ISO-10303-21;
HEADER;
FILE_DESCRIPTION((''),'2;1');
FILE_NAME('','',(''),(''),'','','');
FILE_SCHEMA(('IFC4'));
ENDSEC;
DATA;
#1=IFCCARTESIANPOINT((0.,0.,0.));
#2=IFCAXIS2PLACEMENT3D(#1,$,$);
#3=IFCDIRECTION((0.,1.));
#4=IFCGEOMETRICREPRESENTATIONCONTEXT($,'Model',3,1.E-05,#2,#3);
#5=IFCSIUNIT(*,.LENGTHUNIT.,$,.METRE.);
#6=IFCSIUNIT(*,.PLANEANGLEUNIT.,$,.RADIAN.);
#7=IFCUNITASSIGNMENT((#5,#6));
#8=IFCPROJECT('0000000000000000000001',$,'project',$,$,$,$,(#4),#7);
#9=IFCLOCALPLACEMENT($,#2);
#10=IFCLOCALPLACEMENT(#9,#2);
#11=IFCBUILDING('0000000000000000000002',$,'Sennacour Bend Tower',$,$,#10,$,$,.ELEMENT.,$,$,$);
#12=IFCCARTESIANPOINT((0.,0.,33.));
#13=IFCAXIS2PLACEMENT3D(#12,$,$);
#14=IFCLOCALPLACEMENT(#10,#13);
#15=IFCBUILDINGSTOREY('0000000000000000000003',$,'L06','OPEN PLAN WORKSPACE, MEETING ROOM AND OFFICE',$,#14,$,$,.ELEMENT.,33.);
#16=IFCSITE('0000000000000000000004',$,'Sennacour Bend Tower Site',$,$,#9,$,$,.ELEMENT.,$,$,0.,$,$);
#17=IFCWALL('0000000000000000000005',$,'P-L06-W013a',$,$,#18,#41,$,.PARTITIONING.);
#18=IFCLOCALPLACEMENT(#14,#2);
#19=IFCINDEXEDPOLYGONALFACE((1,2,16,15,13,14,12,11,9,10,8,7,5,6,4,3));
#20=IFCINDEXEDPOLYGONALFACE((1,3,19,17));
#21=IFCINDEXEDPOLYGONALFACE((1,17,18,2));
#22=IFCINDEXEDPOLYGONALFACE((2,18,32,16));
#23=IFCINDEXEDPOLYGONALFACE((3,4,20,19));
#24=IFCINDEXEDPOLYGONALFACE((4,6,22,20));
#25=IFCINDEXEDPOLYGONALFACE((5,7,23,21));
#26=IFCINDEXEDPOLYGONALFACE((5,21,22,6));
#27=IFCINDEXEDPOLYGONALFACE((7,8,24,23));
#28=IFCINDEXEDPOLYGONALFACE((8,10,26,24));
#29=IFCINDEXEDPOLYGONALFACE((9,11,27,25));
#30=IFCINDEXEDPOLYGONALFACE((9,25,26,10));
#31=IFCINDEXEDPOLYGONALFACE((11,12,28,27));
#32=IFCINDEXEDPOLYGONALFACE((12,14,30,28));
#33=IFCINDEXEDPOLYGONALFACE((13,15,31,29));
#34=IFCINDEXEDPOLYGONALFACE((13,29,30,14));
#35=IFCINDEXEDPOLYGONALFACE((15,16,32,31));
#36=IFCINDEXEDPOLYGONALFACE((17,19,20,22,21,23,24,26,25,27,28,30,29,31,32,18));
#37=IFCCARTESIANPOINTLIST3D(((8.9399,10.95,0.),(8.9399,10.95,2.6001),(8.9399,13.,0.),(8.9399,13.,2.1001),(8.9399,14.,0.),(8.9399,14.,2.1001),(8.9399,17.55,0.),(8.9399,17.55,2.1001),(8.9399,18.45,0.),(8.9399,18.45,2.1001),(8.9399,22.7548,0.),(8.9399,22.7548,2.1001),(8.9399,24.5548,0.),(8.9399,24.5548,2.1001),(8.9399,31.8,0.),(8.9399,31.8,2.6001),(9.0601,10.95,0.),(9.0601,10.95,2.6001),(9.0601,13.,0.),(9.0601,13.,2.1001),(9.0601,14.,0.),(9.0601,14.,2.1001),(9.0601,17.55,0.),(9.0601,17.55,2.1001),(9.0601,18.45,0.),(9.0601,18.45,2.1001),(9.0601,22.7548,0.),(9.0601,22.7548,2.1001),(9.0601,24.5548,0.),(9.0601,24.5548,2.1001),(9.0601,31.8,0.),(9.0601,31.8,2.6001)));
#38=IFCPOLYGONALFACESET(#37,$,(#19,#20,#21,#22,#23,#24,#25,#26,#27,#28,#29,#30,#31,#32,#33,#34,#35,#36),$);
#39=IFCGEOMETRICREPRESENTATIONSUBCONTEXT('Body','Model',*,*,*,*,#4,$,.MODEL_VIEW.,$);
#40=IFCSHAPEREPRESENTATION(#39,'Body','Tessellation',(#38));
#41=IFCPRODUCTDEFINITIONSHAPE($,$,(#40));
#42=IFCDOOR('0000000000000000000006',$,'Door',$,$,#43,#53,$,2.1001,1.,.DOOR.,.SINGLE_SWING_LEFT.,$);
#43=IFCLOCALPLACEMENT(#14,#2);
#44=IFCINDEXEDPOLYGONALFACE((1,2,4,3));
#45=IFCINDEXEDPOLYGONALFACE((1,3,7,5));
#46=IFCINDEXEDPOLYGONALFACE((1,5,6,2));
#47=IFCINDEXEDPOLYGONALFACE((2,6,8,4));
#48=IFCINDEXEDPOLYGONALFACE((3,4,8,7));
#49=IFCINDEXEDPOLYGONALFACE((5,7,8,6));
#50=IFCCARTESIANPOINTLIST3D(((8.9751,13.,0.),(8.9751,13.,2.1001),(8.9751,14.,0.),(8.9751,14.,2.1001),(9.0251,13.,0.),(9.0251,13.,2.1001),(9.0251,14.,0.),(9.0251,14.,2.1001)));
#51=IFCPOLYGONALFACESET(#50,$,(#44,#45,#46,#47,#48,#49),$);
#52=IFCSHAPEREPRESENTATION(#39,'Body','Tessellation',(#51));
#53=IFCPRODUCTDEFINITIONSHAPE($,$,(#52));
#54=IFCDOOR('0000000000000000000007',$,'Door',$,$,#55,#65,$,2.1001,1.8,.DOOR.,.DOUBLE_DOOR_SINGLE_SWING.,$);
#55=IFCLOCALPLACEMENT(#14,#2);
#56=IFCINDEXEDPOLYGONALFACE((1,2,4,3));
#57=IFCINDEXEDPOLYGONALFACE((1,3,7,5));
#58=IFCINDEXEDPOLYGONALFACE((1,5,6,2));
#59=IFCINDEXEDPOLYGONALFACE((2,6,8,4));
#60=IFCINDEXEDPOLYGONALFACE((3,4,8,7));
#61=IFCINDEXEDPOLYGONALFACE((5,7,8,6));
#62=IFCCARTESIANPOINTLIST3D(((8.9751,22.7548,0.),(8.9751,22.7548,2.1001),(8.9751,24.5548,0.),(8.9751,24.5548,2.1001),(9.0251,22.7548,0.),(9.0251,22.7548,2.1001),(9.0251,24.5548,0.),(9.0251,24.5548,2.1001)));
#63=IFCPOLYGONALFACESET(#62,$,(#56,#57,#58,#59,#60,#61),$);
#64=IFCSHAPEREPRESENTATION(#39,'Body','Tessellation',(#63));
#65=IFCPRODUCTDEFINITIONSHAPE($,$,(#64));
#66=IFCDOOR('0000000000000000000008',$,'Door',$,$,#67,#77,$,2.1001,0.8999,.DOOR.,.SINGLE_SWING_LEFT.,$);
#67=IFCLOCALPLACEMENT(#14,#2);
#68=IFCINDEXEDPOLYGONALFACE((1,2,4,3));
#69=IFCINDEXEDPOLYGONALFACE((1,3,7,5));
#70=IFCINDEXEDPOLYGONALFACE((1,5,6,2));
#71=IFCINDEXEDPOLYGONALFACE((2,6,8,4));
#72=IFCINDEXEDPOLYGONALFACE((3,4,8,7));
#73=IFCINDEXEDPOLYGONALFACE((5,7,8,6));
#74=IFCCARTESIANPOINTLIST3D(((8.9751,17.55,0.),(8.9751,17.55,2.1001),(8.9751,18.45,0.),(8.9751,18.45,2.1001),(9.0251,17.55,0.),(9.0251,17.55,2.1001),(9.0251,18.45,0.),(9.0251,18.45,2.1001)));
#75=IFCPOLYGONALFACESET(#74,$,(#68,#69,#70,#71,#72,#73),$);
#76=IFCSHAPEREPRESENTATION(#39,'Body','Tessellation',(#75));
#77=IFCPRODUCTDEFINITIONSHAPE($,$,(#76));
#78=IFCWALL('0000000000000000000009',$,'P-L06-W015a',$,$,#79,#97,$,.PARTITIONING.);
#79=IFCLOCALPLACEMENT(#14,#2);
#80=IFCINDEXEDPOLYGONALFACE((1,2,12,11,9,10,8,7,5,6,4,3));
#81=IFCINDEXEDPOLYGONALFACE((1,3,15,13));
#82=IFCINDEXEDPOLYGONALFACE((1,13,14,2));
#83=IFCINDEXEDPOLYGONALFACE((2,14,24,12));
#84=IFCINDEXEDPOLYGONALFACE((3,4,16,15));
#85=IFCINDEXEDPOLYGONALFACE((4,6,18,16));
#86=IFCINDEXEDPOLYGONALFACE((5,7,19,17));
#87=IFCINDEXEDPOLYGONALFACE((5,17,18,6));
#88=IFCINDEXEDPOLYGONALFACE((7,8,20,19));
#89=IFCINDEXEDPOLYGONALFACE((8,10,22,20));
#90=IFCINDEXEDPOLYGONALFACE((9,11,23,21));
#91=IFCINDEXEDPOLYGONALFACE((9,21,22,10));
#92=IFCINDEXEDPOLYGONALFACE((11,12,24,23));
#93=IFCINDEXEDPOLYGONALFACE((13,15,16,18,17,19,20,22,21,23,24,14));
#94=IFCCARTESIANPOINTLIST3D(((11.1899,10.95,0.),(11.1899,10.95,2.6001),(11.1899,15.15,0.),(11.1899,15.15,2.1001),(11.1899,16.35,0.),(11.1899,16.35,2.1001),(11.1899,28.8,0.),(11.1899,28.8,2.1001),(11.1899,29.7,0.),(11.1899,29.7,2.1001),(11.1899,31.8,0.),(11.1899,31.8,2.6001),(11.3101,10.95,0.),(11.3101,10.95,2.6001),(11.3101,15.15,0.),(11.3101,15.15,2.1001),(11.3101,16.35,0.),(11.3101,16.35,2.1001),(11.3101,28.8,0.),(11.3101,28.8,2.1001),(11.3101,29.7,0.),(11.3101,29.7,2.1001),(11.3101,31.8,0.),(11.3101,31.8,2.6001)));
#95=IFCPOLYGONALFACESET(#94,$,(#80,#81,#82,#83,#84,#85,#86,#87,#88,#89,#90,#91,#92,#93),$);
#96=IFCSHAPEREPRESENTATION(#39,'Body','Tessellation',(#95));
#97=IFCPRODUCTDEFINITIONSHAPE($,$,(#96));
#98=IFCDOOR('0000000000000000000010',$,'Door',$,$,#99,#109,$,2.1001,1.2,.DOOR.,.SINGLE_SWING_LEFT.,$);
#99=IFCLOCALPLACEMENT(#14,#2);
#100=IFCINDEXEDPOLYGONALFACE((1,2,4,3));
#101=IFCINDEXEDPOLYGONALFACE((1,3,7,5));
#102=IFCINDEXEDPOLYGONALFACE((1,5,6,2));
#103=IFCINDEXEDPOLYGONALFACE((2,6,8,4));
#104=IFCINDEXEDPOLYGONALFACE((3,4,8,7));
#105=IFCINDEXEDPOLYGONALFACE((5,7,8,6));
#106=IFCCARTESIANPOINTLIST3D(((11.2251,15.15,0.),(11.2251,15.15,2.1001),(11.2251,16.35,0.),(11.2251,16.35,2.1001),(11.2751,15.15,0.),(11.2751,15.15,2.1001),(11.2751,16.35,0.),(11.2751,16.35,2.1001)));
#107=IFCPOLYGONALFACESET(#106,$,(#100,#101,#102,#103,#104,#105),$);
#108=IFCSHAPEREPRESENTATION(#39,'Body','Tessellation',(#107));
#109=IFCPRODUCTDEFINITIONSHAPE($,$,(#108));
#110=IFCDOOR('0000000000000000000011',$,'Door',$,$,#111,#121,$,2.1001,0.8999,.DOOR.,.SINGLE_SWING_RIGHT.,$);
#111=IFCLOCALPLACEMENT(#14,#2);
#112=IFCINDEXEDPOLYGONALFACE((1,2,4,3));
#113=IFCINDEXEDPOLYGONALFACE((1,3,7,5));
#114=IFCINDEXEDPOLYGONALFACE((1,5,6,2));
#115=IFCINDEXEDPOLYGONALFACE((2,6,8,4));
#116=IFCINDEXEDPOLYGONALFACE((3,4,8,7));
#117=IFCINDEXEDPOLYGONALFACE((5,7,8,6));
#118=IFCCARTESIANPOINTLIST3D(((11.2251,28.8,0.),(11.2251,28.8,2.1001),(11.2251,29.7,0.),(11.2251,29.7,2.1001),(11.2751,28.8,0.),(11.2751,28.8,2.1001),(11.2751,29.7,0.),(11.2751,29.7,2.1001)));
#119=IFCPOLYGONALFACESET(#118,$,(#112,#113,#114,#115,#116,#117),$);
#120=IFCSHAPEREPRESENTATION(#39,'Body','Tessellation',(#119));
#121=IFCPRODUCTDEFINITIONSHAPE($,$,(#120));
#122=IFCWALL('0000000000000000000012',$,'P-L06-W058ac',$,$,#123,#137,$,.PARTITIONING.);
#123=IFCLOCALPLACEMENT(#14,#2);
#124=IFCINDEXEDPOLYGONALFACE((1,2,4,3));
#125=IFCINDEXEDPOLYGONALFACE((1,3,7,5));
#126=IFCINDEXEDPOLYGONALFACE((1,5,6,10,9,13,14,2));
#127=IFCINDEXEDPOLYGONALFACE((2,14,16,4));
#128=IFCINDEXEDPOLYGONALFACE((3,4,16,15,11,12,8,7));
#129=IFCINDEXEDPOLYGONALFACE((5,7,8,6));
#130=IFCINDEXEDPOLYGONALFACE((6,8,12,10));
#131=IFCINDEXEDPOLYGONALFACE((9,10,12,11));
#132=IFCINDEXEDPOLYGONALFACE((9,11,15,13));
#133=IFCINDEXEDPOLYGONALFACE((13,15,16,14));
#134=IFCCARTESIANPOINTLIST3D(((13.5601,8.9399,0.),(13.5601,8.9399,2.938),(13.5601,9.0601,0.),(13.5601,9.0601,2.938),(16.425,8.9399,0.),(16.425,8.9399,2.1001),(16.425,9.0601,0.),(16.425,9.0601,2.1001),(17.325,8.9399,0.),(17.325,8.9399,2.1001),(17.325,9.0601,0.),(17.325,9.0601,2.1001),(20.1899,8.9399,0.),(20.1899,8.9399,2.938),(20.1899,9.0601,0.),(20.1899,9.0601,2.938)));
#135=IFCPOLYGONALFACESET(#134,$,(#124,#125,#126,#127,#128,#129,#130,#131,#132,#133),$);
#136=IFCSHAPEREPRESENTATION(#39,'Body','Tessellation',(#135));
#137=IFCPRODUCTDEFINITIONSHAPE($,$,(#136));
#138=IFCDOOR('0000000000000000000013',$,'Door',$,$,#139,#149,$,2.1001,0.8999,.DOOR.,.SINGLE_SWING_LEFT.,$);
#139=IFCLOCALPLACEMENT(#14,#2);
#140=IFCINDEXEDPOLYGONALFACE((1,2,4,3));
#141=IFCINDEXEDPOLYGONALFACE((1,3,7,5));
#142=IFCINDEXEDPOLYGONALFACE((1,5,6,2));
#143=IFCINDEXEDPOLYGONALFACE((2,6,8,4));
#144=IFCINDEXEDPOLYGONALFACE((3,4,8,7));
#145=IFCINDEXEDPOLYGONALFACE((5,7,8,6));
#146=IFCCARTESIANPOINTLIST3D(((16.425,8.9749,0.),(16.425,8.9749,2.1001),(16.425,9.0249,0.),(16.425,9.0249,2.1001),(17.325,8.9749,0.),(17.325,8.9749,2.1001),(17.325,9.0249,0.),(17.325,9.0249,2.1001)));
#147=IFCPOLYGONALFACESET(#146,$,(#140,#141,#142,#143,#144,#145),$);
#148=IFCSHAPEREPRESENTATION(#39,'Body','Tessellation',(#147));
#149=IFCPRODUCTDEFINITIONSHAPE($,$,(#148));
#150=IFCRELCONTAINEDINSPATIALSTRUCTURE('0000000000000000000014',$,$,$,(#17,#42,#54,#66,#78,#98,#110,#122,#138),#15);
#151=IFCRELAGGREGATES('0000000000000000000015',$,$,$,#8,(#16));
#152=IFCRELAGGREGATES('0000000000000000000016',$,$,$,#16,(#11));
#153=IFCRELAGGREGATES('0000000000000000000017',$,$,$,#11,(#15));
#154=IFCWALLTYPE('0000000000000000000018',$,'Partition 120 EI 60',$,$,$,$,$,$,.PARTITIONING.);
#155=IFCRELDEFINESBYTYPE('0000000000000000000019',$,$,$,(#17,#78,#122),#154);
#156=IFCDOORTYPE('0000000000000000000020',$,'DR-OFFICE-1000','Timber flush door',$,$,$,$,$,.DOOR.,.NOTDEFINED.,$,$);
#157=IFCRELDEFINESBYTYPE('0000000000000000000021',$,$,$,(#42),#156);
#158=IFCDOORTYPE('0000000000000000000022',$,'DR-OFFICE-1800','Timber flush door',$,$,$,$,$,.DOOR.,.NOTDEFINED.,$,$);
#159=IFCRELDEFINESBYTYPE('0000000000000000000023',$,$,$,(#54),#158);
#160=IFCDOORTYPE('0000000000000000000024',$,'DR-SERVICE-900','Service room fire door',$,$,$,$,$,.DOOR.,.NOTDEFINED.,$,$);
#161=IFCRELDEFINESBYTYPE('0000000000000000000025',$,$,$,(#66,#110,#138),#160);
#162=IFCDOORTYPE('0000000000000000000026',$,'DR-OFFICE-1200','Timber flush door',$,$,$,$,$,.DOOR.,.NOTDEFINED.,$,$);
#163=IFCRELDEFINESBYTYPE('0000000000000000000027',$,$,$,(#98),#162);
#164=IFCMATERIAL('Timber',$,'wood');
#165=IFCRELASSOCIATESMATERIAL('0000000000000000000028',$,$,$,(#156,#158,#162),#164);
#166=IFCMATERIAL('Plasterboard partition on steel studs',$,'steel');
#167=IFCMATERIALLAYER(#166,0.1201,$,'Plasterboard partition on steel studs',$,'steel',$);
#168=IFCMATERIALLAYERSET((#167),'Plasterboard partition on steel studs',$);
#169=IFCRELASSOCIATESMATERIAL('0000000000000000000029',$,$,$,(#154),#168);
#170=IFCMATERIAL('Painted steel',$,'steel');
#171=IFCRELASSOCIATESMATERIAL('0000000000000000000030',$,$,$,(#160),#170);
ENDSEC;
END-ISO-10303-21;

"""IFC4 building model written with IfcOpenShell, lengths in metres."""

from ifc_helpers import new_model, si_unit, direction, frame, frame_2d, origin, place, context, subcontext, project, spatial, rectangle, extrude, material, layer, layer_set, type_object, element, fill, save


model = new_model("IFC4")

# Units and contexts
model_context = context("Model", 3, precision=1e-05, world=origin(), true_north=direction((0.0, 1.0)))
body_context = subcontext(model_context, "Body", "Model", "MODEL_VIEW")
ifc_project = project(units=[si_unit("LENGTHUNIT", "METRE"), si_unit("PLANEANGLEUNIT", "RADIAN")], contexts=[model_context])

# Site, building, storey
site_placement = place(None, origin())
site = spatial("IfcSite", under=ifc_project, at=site_placement, Name="Sennacour Bend Tower Site", CompositionType="ELEMENT", RefElevation=0.0)
building_placement = place(site_placement, origin())
building = spatial("IfcBuilding", under=site, at=building_placement, Name="Sennacour Bend Tower", CompositionType="ELEMENT")
storey_placement = place(building_placement, frame((0.0, 0.0, 33.0)))
storey = spatial("IfcBuildingStorey", under=building, at=storey_placement, Name="L06", Description="OPEN PLAN WORKSPACE, MEETING ROOM AND OFFICE", CompositionType="ELEMENT", Elevation=33.0)

# Shared definitions
ifc_material_1 = material(Name="Plasterboard partition on steel studs", Category="steel")
ifc_material_2 = material(Name="Timber", Category="wood")
door_type_1 = type_object("IfcDoorType", Name="DR-OFFICE-1000", Description="Timber flush door", OperationType="NOTDEFINED", PredefinedType="DOOR", material=ifc_material_2)
door_type_2 = type_object("IfcDoorType", Name="DR-OFFICE-1800", Description="Timber flush door", OperationType="NOTDEFINED", PredefinedType="DOOR", material=ifc_material_2)

# Shared definitions
ifc_material_3 = material(Name="Painted steel", Category="steel")

# Walls, openings, doors
ifc_layer_1 = layer(ifc_material_1, 0.1201, Name="Plasterboard partition on steel studs", Category="steel")
ifc_layer_set_1 = layer_set([ifc_layer_1], Name="Plasterboard partition on steel studs")
wall_type_1 = type_object("IfcWallType", Name="Partition 120 EI 60", PredefinedType="PARTITIONING", material=ifc_layer_set_1)
wall_1_placement = place(storey_placement, frame((9.0, 10.95, 0.0), z_axis=(0.0, 0.0, 1.0), x_axis=(0.0, 1.0, 0.0)))
wall_1 = element("IfcWall", 1, at=wall_1_placement, inside=storey, type_object=wall_type_1, Name="P-L06-W013a", PredefinedType="PARTITIONING", context=body_context, shape_type="SweptSolid", body=[
    extrude(rectangle(XDim=20.8501, YDim=0.1201, at=frame_2d((10.425, 0.0))), origin(), (0.0, 0.0, 1.0), 2.6001),
])
opening_1_placement = place(wall_1_placement, frame((2.05, 0.0, 0.0)))
opening_1 = element("IfcOpeningElement", 2, at=opening_1_placement, cuts=wall_1, PredefinedType="OPENING", context=body_context, shape_type="SweptSolid", body=[
    extrude(rectangle(XDim=1.0, YDim=2.1001, at=frame_2d((0.5, 1.05))), frame((0.0, 0.0701, 0.0), z_axis=(0.0, -1.0, 0.0), x_axis=(1.0, 0.0, 0.0)), (0.0, 0.0, 1.0), 0.1401),
])
opening_2_placement = place(wall_1_placement, frame((6.6001, 0.0, 0.0)))
opening_2 = element("IfcOpeningElement", 3, at=opening_2_placement, cuts=wall_1, PredefinedType="OPENING", context=body_context, shape_type="SweptSolid", body=[
    extrude(rectangle(XDim=0.8999, YDim=2.1001, at=frame_2d((0.45, 1.05))), frame((0.0, 0.0701, 0.0), z_axis=(0.0, -1.0, 0.0), x_axis=(1.0, 0.0, 0.0)), (0.0, 0.0, 1.0), 0.1401),
])
opening_3_placement = place(wall_1_placement, frame((11.8049, 0.0, 0.0)))
opening_3 = element("IfcOpeningElement", 4, at=opening_3_placement, cuts=wall_1, PredefinedType="OPENING", context=body_context, shape_type="SweptSolid", body=[
    extrude(rectangle(XDim=1.8, YDim=2.1001, at=frame_2d((0.8999, 1.05))), frame((0.0, 0.0701, 0.0), z_axis=(0.0, -1.0, 0.0), x_axis=(1.0, 0.0, 0.0)), (0.0, 0.0, 1.0), 0.1401),
])
door_1_placement = place(opening_1_placement, origin())
door_1 = element("IfcDoor", 5, at=door_1_placement, inside=storey, type_object=door_type_1, Name="Door", OperationType="SINGLE_SWING_LEFT", OverallHeight=2.1001, OverallWidth=1.0, PredefinedType="DOOR", context=body_context, shape_type="SweptSolid", body=[
    extrude(rectangle(XDim=1.0, YDim=2.1001, at=frame_2d((0.5, 1.05))), frame((0.0, 0.0249, 0.0), z_axis=(0.0, -1.0, 0.0), x_axis=(1.0, 0.0, 0.0)), (0.0, 0.0, 1.0), 0.05),
])
fill(opening_1, door_1)
door_2_placement = place(opening_3_placement, origin())
door_2 = element("IfcDoor", 6, at=door_2_placement, inside=storey, type_object=door_type_2, Name="Door", OperationType="DOUBLE_DOOR_SINGLE_SWING", OverallHeight=2.1001, OverallWidth=1.8, PredefinedType="DOOR", context=body_context, shape_type="SweptSolid", body=[
    extrude(rectangle(XDim=1.8, YDim=2.1001, at=frame_2d((0.8999, 1.05))), frame((0.0, 0.0249, 0.0), z_axis=(0.0, -1.0, 0.0), x_axis=(1.0, 0.0, 0.0)), (0.0, 0.0, 1.0), 0.05),
])
fill(opening_3, door_2)
door_type_3 = type_object("IfcDoorType", Name="DR-SERVICE-900", Description="Service room fire door", OperationType="NOTDEFINED", PredefinedType="DOOR", material=ifc_material_3)
door_3_placement = place(opening_2_placement, origin())
door_3 = element("IfcDoor", 7, at=door_3_placement, inside=storey, type_object=door_type_3, Name="Door", OperationType="SINGLE_SWING_LEFT", OverallHeight=2.1001, OverallWidth=0.8999, PredefinedType="DOOR", context=body_context, shape_type="SweptSolid", body=[
    extrude(rectangle(XDim=0.8999, YDim=2.1001, at=frame_2d((0.45, 1.05))), frame((0.0, 0.0249, 0.0), z_axis=(0.0, -1.0, 0.0), x_axis=(1.0, 0.0, 0.0)), (0.0, 0.0, 1.0), 0.05),
])
fill(opening_2, door_3)
wall_2_placement = place(storey_placement, frame((11.25, 10.95, 0.0), z_axis=(0.0, 0.0, 1.0), x_axis=(0.0, 1.0, 0.0)))
wall_2 = element("IfcWall", 8, at=wall_2_placement, inside=storey, type_object=wall_type_1, Name="P-L06-W015a", PredefinedType="PARTITIONING", context=body_context, shape_type="SweptSolid", body=[
    extrude(rectangle(XDim=20.8501, YDim=0.1201, at=frame_2d((10.425, 0.0))), origin(), (0.0, 0.0, 1.0), 2.6001),
])
opening_4_placement = place(wall_2_placement, frame((17.8501, 0.0, 0.0)))
opening_4 = element("IfcOpeningElement", 9, at=opening_4_placement, cuts=wall_2, PredefinedType="OPENING", context=body_context, shape_type="SweptSolid", body=[
    extrude(rectangle(XDim=0.8999, YDim=2.1001, at=frame_2d((0.45, 1.05))), frame((0.0, 0.0701, 0.0), z_axis=(0.0, -1.0, 0.0), x_axis=(1.0, 0.0, 0.0)), (0.0, 0.0, 1.0), 0.1401),
])
opening_5_placement = place(wall_2_placement, frame((4.2, 0.0, 0.0)))
opening_5 = element("IfcOpeningElement", 10, at=opening_5_placement, cuts=wall_2, PredefinedType="OPENING", context=body_context, shape_type="SweptSolid", body=[
    extrude(rectangle(XDim=1.2, YDim=2.1001, at=frame_2d((0.6001, 1.05))), frame((0.0, 0.0701, 0.0), z_axis=(0.0, -1.0, 0.0), x_axis=(1.0, 0.0, 0.0)), (0.0, 0.0, 1.0), 0.1401),
])
door_type_4 = type_object("IfcDoorType", Name="DR-OFFICE-1200", Description="Timber flush door", OperationType="NOTDEFINED", PredefinedType="DOOR", material=ifc_material_2)
door_4_placement = place(opening_5_placement, origin())
door_4 = element("IfcDoor", 11, at=door_4_placement, inside=storey, type_object=door_type_4, Name="Door", OperationType="SINGLE_SWING_LEFT", OverallHeight=2.1001, OverallWidth=1.2, PredefinedType="DOOR", context=body_context, shape_type="SweptSolid", body=[
    extrude(rectangle(XDim=1.2, YDim=2.1001, at=frame_2d((0.6001, 1.05))), frame((0.0, 0.0249, 0.0), z_axis=(0.0, -1.0, 0.0), x_axis=(1.0, 0.0, 0.0)), (0.0, 0.0, 1.0), 0.05),
])
fill(opening_5, door_4)
door_5_placement = place(opening_4_placement, origin())
door_5 = element("IfcDoor", 12, at=door_5_placement, inside=storey, type_object=door_type_3, Name="Door", OperationType="SINGLE_SWING_RIGHT", OverallHeight=2.1001, OverallWidth=0.8999, PredefinedType="DOOR", context=body_context, shape_type="SweptSolid", body=[
    extrude(rectangle(XDim=0.8999, YDim=2.1001, at=frame_2d((0.45, 1.05))), frame((0.0, 0.0249, 0.0), z_axis=(0.0, -1.0, 0.0), x_axis=(1.0, 0.0, 0.0)), (0.0, 0.0, 1.0), 0.05),
])
fill(opening_4, door_5)

# Wall, opening, door
wall_3_placement = place(storey_placement, frame((13.5601, 9.0, 0.0), z_axis=(0.0, 0.0, 1.0), x_axis=(1.0, 0.0, 0.0)))
wall_3 = element("IfcWall", 13, at=wall_3_placement, inside=storey, type_object=wall_type_1, Name="P-L06-W058ac", PredefinedType="PARTITIONING", context=body_context, shape_type="SweptSolid", body=[
    extrude(rectangle(XDim=6.6299, YDim=0.1201, at=frame_2d((3.3149, 0.0))), origin(), (0.0, 0.0, 1.0), 2.938),
])
opening_6_placement = place(wall_3_placement, frame((2.865, 0.0, 0.0)))
opening_6 = element("IfcOpeningElement", 14, at=opening_6_placement, cuts=wall_3, PredefinedType="OPENING", context=body_context, shape_type="SweptSolid", body=[
    extrude(rectangle(XDim=0.8999, YDim=2.1001, at=frame_2d((0.45, 1.05))), frame((0.0, 0.0701, 0.0), z_axis=(0.0, -1.0, 0.0), x_axis=(1.0, 0.0, 0.0)), (0.0, 0.0, 1.0), 0.1401),
])
door_6_placement = place(opening_6_placement, origin())
door_6 = element("IfcDoor", 15, at=door_6_placement, inside=storey, type_object=door_type_3, Name="Door", OperationType="SINGLE_SWING_LEFT", OverallHeight=2.1001, OverallWidth=0.8999, PredefinedType="DOOR", context=body_context, shape_type="SweptSolid", body=[
    extrude(rectangle(XDim=0.8999, YDim=2.1001, at=frame_2d((0.45, 1.05))), frame((0.0, 0.0249, 0.0), z_axis=(0.0, -1.0, 0.0), x_axis=(1.0, 0.0, 0.0)), (0.0, 0.0, 1.0), 0.05),
])
fill(opening_6, door_6)

save(model, "model.ifc")
